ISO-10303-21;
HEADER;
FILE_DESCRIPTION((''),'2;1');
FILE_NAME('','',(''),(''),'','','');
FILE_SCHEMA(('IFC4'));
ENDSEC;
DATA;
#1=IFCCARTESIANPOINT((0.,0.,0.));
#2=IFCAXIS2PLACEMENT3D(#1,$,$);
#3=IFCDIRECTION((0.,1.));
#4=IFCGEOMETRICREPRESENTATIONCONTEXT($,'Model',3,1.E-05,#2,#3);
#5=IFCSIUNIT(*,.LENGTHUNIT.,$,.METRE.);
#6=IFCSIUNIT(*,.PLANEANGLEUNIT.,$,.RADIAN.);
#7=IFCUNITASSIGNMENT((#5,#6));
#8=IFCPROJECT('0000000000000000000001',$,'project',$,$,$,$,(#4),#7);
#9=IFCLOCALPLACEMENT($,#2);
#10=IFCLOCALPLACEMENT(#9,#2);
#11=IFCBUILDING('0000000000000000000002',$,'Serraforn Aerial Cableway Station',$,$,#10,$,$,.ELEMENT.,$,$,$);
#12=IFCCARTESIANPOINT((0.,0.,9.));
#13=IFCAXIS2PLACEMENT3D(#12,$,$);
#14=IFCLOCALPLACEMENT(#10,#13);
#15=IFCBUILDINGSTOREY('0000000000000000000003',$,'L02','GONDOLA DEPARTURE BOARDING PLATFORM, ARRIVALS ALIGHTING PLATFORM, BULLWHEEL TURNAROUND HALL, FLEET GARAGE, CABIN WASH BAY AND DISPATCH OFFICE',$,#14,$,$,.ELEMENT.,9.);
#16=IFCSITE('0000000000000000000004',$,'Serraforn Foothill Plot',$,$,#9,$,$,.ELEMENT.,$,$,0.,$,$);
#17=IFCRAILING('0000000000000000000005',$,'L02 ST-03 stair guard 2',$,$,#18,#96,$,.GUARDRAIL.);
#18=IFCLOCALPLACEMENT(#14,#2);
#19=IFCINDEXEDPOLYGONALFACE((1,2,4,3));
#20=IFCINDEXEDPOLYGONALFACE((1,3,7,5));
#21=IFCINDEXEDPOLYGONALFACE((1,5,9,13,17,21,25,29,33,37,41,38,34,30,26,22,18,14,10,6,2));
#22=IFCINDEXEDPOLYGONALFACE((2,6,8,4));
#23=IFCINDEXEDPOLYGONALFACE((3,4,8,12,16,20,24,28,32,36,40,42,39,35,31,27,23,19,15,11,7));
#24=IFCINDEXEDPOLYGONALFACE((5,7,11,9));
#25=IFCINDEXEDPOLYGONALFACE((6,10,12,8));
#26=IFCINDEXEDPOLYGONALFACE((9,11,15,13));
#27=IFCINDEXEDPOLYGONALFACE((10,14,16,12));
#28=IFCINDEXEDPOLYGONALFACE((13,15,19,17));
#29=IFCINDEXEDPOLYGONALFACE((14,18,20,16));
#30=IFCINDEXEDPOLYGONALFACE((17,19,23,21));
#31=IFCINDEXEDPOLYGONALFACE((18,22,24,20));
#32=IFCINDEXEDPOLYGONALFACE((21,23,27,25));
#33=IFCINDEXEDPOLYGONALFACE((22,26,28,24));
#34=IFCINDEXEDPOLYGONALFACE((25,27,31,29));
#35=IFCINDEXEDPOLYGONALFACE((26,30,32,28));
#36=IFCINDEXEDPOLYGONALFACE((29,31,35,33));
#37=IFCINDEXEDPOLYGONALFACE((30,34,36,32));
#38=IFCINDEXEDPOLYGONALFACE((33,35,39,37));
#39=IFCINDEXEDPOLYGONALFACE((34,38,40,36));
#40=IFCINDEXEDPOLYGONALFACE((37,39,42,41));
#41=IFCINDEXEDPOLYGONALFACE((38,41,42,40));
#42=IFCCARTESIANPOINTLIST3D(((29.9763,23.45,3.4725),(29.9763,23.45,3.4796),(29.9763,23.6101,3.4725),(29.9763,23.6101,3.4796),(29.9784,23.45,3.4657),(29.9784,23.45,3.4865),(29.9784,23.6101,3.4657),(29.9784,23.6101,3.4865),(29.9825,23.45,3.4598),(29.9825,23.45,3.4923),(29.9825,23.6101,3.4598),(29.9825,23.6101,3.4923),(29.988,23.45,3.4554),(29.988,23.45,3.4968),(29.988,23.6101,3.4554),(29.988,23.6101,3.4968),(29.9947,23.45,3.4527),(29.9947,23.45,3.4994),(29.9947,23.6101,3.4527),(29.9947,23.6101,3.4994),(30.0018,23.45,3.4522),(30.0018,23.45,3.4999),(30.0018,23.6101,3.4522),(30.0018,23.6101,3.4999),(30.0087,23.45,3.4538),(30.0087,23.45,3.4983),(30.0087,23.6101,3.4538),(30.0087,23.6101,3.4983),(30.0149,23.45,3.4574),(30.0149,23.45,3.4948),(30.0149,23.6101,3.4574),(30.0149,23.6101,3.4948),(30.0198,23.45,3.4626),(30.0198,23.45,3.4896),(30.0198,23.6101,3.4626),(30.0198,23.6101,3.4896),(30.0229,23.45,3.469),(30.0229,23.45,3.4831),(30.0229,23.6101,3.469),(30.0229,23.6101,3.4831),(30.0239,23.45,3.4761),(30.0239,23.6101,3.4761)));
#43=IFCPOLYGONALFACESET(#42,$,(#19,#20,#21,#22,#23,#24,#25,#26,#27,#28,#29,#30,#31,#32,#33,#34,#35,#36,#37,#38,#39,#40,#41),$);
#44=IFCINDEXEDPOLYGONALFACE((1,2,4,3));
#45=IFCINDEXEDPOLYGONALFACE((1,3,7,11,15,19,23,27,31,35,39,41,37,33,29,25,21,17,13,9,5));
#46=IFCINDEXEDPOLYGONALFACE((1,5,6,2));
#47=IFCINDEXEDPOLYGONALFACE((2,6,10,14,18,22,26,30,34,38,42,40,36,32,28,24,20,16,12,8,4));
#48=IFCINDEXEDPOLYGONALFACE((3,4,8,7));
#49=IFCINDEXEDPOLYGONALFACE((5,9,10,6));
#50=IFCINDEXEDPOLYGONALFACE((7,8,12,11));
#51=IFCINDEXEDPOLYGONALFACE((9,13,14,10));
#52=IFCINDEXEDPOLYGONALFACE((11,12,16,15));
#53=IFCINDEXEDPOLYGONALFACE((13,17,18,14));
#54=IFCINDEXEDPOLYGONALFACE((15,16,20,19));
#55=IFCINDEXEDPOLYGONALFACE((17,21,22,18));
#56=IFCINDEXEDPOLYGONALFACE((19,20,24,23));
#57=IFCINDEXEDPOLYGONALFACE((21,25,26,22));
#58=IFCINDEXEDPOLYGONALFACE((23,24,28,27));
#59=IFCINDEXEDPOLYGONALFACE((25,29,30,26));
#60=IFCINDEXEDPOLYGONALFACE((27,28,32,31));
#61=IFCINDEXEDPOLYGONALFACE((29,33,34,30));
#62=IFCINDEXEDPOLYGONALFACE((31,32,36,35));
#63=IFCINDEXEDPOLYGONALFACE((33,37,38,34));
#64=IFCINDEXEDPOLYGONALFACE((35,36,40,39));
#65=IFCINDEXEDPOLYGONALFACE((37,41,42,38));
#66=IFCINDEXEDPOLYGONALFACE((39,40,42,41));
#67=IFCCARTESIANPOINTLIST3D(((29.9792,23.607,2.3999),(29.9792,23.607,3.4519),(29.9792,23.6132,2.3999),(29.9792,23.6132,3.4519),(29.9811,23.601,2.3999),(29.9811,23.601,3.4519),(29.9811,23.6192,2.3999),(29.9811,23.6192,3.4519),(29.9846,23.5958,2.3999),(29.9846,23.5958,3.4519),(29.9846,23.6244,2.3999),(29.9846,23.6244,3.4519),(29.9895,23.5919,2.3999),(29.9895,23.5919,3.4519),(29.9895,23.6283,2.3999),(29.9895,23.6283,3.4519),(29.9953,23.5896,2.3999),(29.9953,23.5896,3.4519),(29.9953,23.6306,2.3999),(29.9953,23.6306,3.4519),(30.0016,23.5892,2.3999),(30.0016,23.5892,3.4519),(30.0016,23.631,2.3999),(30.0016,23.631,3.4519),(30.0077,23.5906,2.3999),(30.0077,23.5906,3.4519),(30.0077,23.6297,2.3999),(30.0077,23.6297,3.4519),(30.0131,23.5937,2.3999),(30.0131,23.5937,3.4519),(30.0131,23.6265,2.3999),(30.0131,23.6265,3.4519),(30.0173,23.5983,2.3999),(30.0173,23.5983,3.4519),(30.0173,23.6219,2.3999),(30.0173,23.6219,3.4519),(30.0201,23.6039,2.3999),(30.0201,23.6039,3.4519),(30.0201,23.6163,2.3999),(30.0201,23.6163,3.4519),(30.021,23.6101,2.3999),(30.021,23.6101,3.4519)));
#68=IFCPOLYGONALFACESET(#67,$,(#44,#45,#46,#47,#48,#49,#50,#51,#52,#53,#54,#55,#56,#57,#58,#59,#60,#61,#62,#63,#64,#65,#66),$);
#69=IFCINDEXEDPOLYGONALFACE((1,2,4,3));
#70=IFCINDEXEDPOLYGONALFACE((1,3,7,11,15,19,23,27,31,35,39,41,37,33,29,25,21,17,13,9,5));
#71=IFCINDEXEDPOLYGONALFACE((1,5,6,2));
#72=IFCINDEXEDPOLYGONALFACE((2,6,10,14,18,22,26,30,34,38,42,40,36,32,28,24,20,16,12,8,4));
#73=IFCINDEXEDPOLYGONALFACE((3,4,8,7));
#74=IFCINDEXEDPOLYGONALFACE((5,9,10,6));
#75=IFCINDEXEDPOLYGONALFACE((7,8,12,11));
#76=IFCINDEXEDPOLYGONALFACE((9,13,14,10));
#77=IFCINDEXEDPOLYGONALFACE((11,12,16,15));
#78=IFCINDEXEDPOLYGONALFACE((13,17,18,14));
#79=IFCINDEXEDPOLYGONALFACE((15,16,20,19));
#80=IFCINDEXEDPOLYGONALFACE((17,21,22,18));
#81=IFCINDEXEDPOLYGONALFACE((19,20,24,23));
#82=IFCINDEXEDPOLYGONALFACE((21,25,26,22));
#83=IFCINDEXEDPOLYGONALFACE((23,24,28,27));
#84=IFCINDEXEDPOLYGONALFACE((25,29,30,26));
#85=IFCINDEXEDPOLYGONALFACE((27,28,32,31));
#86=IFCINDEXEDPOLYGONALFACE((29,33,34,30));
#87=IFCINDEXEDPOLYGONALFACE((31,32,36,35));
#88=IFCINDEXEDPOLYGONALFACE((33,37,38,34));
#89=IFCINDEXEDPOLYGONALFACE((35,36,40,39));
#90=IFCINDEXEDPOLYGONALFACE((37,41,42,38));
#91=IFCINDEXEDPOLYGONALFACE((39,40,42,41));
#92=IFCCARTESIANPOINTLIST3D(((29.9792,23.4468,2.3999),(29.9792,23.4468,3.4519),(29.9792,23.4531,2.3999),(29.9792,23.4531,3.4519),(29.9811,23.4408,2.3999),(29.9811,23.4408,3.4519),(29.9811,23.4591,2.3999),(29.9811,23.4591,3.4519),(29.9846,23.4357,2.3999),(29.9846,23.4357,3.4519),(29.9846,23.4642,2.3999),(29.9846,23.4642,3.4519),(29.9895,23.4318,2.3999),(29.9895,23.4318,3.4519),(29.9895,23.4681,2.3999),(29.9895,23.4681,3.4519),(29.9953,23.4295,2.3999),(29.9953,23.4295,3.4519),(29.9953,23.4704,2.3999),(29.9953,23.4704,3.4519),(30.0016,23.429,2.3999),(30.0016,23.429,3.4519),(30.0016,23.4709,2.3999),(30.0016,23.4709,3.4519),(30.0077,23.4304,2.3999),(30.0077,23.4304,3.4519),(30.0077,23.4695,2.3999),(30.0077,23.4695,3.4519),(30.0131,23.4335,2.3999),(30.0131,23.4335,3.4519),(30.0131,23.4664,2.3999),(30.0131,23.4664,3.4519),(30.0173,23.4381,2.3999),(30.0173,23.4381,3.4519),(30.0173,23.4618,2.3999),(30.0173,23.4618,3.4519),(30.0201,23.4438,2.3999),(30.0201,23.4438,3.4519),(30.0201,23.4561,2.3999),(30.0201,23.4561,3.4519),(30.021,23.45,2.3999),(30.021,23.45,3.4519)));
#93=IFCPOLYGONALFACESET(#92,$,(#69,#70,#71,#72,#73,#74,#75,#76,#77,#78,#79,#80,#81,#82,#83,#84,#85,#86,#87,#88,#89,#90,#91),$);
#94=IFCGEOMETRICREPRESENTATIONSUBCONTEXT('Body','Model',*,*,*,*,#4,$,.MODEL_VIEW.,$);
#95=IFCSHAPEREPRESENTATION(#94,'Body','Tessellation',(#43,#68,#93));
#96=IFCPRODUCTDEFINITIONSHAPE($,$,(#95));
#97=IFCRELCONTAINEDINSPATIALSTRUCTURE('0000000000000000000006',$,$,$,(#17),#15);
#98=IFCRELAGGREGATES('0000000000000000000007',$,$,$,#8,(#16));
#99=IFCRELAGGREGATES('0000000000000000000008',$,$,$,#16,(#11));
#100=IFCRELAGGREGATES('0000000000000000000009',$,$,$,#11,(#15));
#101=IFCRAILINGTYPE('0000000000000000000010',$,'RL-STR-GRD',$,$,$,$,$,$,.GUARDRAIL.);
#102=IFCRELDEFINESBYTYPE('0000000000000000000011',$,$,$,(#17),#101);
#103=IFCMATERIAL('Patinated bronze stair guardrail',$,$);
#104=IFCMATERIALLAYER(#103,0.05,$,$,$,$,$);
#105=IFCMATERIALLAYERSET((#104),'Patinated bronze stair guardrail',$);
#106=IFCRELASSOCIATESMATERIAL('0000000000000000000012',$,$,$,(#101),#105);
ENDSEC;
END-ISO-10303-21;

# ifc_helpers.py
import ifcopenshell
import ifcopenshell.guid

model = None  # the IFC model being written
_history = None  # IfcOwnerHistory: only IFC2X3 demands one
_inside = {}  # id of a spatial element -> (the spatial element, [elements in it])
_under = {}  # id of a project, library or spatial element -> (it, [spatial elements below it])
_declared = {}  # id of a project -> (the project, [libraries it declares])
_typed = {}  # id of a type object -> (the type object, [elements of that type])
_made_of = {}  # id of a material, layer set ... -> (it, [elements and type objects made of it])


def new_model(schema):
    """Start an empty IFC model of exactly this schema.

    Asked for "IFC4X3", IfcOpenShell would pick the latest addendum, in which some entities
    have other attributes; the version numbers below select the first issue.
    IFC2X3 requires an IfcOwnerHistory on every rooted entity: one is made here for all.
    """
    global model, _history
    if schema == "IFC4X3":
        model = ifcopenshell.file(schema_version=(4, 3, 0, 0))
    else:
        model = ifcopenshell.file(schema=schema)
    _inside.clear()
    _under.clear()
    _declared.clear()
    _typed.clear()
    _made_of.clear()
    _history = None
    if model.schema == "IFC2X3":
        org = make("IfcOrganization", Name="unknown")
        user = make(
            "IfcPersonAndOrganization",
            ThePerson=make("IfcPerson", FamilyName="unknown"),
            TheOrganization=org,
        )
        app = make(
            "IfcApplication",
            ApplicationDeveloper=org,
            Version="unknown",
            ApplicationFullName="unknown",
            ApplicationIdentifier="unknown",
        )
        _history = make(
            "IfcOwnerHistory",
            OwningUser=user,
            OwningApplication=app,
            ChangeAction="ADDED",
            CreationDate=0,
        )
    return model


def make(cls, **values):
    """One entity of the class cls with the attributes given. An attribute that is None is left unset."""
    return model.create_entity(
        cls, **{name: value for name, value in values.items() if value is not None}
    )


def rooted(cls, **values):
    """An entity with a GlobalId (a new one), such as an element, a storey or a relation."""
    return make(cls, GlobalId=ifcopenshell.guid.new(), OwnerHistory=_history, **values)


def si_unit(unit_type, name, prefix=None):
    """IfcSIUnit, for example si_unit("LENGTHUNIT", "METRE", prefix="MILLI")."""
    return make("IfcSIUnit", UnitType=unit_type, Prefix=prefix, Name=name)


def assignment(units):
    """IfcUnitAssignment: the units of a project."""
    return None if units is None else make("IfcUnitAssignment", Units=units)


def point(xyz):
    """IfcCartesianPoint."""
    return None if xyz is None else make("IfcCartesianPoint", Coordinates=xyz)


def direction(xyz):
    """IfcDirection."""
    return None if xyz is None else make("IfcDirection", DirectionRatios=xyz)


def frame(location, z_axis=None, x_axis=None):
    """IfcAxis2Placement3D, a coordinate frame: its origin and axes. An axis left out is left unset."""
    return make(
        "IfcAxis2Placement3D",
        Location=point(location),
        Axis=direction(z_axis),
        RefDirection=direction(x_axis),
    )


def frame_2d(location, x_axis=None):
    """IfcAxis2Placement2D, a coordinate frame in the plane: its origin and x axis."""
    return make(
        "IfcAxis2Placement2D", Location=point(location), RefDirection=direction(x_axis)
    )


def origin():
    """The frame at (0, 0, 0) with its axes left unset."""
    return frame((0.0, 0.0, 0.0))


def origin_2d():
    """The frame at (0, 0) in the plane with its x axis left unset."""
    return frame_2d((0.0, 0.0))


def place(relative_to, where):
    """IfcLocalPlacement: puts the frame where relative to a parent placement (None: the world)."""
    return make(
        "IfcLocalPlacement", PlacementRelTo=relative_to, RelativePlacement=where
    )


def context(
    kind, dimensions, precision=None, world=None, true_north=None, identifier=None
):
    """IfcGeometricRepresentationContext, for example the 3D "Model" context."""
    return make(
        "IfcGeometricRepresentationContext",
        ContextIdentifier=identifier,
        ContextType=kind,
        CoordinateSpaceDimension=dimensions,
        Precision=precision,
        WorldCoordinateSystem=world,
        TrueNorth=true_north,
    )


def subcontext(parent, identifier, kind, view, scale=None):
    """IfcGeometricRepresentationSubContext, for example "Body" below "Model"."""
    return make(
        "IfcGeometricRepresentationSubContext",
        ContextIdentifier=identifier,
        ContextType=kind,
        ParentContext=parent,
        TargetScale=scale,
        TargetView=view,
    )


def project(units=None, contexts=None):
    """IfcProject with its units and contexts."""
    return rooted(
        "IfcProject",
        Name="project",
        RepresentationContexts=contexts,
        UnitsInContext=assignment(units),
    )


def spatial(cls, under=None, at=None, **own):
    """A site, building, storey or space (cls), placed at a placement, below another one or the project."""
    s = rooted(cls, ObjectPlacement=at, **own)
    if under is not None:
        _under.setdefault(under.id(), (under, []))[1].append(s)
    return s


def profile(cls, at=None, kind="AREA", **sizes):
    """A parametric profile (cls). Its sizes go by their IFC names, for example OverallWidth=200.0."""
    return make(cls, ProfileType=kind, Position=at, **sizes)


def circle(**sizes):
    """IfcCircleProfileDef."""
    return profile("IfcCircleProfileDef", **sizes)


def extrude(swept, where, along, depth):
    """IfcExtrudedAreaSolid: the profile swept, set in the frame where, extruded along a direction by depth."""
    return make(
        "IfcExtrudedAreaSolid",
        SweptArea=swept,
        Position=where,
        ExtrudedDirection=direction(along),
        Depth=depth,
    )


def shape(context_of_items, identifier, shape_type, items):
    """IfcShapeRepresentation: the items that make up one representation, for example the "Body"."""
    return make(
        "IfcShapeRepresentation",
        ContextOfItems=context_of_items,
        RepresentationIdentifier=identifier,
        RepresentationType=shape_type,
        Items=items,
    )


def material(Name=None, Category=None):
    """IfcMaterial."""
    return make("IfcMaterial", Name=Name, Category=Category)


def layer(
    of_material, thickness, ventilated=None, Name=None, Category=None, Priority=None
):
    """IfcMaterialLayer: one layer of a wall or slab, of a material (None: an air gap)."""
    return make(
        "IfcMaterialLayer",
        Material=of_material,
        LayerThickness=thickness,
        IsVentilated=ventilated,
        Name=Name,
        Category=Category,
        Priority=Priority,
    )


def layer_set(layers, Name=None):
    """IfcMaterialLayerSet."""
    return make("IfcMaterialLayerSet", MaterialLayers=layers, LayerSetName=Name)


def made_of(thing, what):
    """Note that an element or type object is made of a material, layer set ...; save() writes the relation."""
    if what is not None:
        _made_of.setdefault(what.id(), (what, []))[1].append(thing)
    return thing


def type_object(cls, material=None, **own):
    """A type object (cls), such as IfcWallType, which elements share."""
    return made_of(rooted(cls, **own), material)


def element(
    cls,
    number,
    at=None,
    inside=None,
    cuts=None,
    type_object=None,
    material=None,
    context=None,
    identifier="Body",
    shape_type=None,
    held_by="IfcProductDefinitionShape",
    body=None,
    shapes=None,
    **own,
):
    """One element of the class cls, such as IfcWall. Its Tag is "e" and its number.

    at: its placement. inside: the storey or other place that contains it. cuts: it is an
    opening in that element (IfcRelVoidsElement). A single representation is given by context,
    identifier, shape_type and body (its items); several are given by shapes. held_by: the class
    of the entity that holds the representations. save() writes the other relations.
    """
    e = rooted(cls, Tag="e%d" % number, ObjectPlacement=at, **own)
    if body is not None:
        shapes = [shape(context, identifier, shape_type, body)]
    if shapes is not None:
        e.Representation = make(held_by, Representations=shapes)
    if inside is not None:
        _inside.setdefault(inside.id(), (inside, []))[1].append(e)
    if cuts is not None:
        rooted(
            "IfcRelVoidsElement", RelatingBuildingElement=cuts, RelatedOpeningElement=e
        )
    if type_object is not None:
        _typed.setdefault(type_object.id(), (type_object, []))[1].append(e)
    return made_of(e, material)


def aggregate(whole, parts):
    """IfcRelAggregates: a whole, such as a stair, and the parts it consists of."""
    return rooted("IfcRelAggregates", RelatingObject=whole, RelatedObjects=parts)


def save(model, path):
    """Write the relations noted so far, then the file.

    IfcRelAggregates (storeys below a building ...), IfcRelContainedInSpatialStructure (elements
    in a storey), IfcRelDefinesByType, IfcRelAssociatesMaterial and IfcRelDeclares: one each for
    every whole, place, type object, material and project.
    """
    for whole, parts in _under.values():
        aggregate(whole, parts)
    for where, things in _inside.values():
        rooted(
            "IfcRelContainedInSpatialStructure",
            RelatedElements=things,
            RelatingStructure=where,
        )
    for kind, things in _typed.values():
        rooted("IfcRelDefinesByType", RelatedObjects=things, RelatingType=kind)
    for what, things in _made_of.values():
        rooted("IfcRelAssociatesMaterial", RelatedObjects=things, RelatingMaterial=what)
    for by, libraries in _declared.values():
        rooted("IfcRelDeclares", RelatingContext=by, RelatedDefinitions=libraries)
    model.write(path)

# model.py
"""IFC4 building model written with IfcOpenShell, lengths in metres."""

from ifc_helpers import new_model, si_unit, direction, frame, origin, origin_2d, place, context, subcontext, project, spatial, circle, extrude, material, layer, layer_set, type_object, element, save


model = new_model("IFC4")

# Units and contexts
model_context = context("Model", 3, precision=1e-05, world=origin(), true_north=direction((0.0, 1.0)))
body_context = subcontext(model_context, "Body", "Model", "MODEL_VIEW")
ifc_project = project(units=[si_unit("LENGTHUNIT", "METRE"), si_unit("PLANEANGLEUNIT", "RADIAN")], contexts=[model_context])

# Site, building, storey
site_placement = place(None, origin())
site = spatial("IfcSite", under=ifc_project, at=site_placement, Name="Serraforn Foothill Plot", CompositionType="ELEMENT", RefElevation=0.0)
building_placement = place(site_placement, origin())
building = spatial("IfcBuilding", under=site, at=building_placement, Name="Serraforn Aerial Cableway Station", CompositionType="ELEMENT")
storey_placement = place(building_placement, frame((0.0, 0.0, 9.0)))
storey = spatial("IfcBuildingStorey", under=building, at=storey_placement, Name="L02", Description="GONDOLA DEPARTURE BOARDING PLATFORM, ARRIVALS ALIGHTING PLATFORM, BULLWHEEL TURNAROUND HALL, FLEET GARAGE, CABIN WASH BAY AND DISPATCH OFFICE", CompositionType="ELEMENT", Elevation=9.0)

# Railing
ifc_material_1 = material(Name="Patinated bronze stair guardrail")
ifc_layer_1 = layer(ifc_material_1, 0.05)
ifc_layer_set_1 = layer_set([ifc_layer_1], Name="Patinated bronze stair guardrail")
railing_type_1 = type_object("IfcRailingType", Name="RL-STR-GRD", PredefinedType="GUARDRAIL", material=ifc_layer_set_1)
railing_1_placement = place(storey_placement, frame((30.0, 23.6101, 2.3999)))
element("IfcRailing", 1, at=railing_1_placement, inside=storey, type_object=railing_type_1, Name="L02 ST-03 stair guard 2", PredefinedType="GUARDRAIL", context=body_context, shape_type="SweptSolid", body=[
    extrude(circle(Radius=0.0239, at=origin_2d()), frame((0.0, 0.0, 1.0762), z_axis=(0.0, -1.0, 0.0), x_axis=(1.0, 0.0, 0.0)), (0.0, 0.0, 1.0), 0.1602),
    extrude(circle(Radius=0.021, at=origin_2d()), origin(), (0.0, 0.0, 1.0), 1.052),
    extrude(circle(Radius=0.021, at=origin_2d()), frame((0.0, -0.1602, 0.0)), (0.0, 0.0, 1.0), 1.052),
])

save(model, "model.ifc")
